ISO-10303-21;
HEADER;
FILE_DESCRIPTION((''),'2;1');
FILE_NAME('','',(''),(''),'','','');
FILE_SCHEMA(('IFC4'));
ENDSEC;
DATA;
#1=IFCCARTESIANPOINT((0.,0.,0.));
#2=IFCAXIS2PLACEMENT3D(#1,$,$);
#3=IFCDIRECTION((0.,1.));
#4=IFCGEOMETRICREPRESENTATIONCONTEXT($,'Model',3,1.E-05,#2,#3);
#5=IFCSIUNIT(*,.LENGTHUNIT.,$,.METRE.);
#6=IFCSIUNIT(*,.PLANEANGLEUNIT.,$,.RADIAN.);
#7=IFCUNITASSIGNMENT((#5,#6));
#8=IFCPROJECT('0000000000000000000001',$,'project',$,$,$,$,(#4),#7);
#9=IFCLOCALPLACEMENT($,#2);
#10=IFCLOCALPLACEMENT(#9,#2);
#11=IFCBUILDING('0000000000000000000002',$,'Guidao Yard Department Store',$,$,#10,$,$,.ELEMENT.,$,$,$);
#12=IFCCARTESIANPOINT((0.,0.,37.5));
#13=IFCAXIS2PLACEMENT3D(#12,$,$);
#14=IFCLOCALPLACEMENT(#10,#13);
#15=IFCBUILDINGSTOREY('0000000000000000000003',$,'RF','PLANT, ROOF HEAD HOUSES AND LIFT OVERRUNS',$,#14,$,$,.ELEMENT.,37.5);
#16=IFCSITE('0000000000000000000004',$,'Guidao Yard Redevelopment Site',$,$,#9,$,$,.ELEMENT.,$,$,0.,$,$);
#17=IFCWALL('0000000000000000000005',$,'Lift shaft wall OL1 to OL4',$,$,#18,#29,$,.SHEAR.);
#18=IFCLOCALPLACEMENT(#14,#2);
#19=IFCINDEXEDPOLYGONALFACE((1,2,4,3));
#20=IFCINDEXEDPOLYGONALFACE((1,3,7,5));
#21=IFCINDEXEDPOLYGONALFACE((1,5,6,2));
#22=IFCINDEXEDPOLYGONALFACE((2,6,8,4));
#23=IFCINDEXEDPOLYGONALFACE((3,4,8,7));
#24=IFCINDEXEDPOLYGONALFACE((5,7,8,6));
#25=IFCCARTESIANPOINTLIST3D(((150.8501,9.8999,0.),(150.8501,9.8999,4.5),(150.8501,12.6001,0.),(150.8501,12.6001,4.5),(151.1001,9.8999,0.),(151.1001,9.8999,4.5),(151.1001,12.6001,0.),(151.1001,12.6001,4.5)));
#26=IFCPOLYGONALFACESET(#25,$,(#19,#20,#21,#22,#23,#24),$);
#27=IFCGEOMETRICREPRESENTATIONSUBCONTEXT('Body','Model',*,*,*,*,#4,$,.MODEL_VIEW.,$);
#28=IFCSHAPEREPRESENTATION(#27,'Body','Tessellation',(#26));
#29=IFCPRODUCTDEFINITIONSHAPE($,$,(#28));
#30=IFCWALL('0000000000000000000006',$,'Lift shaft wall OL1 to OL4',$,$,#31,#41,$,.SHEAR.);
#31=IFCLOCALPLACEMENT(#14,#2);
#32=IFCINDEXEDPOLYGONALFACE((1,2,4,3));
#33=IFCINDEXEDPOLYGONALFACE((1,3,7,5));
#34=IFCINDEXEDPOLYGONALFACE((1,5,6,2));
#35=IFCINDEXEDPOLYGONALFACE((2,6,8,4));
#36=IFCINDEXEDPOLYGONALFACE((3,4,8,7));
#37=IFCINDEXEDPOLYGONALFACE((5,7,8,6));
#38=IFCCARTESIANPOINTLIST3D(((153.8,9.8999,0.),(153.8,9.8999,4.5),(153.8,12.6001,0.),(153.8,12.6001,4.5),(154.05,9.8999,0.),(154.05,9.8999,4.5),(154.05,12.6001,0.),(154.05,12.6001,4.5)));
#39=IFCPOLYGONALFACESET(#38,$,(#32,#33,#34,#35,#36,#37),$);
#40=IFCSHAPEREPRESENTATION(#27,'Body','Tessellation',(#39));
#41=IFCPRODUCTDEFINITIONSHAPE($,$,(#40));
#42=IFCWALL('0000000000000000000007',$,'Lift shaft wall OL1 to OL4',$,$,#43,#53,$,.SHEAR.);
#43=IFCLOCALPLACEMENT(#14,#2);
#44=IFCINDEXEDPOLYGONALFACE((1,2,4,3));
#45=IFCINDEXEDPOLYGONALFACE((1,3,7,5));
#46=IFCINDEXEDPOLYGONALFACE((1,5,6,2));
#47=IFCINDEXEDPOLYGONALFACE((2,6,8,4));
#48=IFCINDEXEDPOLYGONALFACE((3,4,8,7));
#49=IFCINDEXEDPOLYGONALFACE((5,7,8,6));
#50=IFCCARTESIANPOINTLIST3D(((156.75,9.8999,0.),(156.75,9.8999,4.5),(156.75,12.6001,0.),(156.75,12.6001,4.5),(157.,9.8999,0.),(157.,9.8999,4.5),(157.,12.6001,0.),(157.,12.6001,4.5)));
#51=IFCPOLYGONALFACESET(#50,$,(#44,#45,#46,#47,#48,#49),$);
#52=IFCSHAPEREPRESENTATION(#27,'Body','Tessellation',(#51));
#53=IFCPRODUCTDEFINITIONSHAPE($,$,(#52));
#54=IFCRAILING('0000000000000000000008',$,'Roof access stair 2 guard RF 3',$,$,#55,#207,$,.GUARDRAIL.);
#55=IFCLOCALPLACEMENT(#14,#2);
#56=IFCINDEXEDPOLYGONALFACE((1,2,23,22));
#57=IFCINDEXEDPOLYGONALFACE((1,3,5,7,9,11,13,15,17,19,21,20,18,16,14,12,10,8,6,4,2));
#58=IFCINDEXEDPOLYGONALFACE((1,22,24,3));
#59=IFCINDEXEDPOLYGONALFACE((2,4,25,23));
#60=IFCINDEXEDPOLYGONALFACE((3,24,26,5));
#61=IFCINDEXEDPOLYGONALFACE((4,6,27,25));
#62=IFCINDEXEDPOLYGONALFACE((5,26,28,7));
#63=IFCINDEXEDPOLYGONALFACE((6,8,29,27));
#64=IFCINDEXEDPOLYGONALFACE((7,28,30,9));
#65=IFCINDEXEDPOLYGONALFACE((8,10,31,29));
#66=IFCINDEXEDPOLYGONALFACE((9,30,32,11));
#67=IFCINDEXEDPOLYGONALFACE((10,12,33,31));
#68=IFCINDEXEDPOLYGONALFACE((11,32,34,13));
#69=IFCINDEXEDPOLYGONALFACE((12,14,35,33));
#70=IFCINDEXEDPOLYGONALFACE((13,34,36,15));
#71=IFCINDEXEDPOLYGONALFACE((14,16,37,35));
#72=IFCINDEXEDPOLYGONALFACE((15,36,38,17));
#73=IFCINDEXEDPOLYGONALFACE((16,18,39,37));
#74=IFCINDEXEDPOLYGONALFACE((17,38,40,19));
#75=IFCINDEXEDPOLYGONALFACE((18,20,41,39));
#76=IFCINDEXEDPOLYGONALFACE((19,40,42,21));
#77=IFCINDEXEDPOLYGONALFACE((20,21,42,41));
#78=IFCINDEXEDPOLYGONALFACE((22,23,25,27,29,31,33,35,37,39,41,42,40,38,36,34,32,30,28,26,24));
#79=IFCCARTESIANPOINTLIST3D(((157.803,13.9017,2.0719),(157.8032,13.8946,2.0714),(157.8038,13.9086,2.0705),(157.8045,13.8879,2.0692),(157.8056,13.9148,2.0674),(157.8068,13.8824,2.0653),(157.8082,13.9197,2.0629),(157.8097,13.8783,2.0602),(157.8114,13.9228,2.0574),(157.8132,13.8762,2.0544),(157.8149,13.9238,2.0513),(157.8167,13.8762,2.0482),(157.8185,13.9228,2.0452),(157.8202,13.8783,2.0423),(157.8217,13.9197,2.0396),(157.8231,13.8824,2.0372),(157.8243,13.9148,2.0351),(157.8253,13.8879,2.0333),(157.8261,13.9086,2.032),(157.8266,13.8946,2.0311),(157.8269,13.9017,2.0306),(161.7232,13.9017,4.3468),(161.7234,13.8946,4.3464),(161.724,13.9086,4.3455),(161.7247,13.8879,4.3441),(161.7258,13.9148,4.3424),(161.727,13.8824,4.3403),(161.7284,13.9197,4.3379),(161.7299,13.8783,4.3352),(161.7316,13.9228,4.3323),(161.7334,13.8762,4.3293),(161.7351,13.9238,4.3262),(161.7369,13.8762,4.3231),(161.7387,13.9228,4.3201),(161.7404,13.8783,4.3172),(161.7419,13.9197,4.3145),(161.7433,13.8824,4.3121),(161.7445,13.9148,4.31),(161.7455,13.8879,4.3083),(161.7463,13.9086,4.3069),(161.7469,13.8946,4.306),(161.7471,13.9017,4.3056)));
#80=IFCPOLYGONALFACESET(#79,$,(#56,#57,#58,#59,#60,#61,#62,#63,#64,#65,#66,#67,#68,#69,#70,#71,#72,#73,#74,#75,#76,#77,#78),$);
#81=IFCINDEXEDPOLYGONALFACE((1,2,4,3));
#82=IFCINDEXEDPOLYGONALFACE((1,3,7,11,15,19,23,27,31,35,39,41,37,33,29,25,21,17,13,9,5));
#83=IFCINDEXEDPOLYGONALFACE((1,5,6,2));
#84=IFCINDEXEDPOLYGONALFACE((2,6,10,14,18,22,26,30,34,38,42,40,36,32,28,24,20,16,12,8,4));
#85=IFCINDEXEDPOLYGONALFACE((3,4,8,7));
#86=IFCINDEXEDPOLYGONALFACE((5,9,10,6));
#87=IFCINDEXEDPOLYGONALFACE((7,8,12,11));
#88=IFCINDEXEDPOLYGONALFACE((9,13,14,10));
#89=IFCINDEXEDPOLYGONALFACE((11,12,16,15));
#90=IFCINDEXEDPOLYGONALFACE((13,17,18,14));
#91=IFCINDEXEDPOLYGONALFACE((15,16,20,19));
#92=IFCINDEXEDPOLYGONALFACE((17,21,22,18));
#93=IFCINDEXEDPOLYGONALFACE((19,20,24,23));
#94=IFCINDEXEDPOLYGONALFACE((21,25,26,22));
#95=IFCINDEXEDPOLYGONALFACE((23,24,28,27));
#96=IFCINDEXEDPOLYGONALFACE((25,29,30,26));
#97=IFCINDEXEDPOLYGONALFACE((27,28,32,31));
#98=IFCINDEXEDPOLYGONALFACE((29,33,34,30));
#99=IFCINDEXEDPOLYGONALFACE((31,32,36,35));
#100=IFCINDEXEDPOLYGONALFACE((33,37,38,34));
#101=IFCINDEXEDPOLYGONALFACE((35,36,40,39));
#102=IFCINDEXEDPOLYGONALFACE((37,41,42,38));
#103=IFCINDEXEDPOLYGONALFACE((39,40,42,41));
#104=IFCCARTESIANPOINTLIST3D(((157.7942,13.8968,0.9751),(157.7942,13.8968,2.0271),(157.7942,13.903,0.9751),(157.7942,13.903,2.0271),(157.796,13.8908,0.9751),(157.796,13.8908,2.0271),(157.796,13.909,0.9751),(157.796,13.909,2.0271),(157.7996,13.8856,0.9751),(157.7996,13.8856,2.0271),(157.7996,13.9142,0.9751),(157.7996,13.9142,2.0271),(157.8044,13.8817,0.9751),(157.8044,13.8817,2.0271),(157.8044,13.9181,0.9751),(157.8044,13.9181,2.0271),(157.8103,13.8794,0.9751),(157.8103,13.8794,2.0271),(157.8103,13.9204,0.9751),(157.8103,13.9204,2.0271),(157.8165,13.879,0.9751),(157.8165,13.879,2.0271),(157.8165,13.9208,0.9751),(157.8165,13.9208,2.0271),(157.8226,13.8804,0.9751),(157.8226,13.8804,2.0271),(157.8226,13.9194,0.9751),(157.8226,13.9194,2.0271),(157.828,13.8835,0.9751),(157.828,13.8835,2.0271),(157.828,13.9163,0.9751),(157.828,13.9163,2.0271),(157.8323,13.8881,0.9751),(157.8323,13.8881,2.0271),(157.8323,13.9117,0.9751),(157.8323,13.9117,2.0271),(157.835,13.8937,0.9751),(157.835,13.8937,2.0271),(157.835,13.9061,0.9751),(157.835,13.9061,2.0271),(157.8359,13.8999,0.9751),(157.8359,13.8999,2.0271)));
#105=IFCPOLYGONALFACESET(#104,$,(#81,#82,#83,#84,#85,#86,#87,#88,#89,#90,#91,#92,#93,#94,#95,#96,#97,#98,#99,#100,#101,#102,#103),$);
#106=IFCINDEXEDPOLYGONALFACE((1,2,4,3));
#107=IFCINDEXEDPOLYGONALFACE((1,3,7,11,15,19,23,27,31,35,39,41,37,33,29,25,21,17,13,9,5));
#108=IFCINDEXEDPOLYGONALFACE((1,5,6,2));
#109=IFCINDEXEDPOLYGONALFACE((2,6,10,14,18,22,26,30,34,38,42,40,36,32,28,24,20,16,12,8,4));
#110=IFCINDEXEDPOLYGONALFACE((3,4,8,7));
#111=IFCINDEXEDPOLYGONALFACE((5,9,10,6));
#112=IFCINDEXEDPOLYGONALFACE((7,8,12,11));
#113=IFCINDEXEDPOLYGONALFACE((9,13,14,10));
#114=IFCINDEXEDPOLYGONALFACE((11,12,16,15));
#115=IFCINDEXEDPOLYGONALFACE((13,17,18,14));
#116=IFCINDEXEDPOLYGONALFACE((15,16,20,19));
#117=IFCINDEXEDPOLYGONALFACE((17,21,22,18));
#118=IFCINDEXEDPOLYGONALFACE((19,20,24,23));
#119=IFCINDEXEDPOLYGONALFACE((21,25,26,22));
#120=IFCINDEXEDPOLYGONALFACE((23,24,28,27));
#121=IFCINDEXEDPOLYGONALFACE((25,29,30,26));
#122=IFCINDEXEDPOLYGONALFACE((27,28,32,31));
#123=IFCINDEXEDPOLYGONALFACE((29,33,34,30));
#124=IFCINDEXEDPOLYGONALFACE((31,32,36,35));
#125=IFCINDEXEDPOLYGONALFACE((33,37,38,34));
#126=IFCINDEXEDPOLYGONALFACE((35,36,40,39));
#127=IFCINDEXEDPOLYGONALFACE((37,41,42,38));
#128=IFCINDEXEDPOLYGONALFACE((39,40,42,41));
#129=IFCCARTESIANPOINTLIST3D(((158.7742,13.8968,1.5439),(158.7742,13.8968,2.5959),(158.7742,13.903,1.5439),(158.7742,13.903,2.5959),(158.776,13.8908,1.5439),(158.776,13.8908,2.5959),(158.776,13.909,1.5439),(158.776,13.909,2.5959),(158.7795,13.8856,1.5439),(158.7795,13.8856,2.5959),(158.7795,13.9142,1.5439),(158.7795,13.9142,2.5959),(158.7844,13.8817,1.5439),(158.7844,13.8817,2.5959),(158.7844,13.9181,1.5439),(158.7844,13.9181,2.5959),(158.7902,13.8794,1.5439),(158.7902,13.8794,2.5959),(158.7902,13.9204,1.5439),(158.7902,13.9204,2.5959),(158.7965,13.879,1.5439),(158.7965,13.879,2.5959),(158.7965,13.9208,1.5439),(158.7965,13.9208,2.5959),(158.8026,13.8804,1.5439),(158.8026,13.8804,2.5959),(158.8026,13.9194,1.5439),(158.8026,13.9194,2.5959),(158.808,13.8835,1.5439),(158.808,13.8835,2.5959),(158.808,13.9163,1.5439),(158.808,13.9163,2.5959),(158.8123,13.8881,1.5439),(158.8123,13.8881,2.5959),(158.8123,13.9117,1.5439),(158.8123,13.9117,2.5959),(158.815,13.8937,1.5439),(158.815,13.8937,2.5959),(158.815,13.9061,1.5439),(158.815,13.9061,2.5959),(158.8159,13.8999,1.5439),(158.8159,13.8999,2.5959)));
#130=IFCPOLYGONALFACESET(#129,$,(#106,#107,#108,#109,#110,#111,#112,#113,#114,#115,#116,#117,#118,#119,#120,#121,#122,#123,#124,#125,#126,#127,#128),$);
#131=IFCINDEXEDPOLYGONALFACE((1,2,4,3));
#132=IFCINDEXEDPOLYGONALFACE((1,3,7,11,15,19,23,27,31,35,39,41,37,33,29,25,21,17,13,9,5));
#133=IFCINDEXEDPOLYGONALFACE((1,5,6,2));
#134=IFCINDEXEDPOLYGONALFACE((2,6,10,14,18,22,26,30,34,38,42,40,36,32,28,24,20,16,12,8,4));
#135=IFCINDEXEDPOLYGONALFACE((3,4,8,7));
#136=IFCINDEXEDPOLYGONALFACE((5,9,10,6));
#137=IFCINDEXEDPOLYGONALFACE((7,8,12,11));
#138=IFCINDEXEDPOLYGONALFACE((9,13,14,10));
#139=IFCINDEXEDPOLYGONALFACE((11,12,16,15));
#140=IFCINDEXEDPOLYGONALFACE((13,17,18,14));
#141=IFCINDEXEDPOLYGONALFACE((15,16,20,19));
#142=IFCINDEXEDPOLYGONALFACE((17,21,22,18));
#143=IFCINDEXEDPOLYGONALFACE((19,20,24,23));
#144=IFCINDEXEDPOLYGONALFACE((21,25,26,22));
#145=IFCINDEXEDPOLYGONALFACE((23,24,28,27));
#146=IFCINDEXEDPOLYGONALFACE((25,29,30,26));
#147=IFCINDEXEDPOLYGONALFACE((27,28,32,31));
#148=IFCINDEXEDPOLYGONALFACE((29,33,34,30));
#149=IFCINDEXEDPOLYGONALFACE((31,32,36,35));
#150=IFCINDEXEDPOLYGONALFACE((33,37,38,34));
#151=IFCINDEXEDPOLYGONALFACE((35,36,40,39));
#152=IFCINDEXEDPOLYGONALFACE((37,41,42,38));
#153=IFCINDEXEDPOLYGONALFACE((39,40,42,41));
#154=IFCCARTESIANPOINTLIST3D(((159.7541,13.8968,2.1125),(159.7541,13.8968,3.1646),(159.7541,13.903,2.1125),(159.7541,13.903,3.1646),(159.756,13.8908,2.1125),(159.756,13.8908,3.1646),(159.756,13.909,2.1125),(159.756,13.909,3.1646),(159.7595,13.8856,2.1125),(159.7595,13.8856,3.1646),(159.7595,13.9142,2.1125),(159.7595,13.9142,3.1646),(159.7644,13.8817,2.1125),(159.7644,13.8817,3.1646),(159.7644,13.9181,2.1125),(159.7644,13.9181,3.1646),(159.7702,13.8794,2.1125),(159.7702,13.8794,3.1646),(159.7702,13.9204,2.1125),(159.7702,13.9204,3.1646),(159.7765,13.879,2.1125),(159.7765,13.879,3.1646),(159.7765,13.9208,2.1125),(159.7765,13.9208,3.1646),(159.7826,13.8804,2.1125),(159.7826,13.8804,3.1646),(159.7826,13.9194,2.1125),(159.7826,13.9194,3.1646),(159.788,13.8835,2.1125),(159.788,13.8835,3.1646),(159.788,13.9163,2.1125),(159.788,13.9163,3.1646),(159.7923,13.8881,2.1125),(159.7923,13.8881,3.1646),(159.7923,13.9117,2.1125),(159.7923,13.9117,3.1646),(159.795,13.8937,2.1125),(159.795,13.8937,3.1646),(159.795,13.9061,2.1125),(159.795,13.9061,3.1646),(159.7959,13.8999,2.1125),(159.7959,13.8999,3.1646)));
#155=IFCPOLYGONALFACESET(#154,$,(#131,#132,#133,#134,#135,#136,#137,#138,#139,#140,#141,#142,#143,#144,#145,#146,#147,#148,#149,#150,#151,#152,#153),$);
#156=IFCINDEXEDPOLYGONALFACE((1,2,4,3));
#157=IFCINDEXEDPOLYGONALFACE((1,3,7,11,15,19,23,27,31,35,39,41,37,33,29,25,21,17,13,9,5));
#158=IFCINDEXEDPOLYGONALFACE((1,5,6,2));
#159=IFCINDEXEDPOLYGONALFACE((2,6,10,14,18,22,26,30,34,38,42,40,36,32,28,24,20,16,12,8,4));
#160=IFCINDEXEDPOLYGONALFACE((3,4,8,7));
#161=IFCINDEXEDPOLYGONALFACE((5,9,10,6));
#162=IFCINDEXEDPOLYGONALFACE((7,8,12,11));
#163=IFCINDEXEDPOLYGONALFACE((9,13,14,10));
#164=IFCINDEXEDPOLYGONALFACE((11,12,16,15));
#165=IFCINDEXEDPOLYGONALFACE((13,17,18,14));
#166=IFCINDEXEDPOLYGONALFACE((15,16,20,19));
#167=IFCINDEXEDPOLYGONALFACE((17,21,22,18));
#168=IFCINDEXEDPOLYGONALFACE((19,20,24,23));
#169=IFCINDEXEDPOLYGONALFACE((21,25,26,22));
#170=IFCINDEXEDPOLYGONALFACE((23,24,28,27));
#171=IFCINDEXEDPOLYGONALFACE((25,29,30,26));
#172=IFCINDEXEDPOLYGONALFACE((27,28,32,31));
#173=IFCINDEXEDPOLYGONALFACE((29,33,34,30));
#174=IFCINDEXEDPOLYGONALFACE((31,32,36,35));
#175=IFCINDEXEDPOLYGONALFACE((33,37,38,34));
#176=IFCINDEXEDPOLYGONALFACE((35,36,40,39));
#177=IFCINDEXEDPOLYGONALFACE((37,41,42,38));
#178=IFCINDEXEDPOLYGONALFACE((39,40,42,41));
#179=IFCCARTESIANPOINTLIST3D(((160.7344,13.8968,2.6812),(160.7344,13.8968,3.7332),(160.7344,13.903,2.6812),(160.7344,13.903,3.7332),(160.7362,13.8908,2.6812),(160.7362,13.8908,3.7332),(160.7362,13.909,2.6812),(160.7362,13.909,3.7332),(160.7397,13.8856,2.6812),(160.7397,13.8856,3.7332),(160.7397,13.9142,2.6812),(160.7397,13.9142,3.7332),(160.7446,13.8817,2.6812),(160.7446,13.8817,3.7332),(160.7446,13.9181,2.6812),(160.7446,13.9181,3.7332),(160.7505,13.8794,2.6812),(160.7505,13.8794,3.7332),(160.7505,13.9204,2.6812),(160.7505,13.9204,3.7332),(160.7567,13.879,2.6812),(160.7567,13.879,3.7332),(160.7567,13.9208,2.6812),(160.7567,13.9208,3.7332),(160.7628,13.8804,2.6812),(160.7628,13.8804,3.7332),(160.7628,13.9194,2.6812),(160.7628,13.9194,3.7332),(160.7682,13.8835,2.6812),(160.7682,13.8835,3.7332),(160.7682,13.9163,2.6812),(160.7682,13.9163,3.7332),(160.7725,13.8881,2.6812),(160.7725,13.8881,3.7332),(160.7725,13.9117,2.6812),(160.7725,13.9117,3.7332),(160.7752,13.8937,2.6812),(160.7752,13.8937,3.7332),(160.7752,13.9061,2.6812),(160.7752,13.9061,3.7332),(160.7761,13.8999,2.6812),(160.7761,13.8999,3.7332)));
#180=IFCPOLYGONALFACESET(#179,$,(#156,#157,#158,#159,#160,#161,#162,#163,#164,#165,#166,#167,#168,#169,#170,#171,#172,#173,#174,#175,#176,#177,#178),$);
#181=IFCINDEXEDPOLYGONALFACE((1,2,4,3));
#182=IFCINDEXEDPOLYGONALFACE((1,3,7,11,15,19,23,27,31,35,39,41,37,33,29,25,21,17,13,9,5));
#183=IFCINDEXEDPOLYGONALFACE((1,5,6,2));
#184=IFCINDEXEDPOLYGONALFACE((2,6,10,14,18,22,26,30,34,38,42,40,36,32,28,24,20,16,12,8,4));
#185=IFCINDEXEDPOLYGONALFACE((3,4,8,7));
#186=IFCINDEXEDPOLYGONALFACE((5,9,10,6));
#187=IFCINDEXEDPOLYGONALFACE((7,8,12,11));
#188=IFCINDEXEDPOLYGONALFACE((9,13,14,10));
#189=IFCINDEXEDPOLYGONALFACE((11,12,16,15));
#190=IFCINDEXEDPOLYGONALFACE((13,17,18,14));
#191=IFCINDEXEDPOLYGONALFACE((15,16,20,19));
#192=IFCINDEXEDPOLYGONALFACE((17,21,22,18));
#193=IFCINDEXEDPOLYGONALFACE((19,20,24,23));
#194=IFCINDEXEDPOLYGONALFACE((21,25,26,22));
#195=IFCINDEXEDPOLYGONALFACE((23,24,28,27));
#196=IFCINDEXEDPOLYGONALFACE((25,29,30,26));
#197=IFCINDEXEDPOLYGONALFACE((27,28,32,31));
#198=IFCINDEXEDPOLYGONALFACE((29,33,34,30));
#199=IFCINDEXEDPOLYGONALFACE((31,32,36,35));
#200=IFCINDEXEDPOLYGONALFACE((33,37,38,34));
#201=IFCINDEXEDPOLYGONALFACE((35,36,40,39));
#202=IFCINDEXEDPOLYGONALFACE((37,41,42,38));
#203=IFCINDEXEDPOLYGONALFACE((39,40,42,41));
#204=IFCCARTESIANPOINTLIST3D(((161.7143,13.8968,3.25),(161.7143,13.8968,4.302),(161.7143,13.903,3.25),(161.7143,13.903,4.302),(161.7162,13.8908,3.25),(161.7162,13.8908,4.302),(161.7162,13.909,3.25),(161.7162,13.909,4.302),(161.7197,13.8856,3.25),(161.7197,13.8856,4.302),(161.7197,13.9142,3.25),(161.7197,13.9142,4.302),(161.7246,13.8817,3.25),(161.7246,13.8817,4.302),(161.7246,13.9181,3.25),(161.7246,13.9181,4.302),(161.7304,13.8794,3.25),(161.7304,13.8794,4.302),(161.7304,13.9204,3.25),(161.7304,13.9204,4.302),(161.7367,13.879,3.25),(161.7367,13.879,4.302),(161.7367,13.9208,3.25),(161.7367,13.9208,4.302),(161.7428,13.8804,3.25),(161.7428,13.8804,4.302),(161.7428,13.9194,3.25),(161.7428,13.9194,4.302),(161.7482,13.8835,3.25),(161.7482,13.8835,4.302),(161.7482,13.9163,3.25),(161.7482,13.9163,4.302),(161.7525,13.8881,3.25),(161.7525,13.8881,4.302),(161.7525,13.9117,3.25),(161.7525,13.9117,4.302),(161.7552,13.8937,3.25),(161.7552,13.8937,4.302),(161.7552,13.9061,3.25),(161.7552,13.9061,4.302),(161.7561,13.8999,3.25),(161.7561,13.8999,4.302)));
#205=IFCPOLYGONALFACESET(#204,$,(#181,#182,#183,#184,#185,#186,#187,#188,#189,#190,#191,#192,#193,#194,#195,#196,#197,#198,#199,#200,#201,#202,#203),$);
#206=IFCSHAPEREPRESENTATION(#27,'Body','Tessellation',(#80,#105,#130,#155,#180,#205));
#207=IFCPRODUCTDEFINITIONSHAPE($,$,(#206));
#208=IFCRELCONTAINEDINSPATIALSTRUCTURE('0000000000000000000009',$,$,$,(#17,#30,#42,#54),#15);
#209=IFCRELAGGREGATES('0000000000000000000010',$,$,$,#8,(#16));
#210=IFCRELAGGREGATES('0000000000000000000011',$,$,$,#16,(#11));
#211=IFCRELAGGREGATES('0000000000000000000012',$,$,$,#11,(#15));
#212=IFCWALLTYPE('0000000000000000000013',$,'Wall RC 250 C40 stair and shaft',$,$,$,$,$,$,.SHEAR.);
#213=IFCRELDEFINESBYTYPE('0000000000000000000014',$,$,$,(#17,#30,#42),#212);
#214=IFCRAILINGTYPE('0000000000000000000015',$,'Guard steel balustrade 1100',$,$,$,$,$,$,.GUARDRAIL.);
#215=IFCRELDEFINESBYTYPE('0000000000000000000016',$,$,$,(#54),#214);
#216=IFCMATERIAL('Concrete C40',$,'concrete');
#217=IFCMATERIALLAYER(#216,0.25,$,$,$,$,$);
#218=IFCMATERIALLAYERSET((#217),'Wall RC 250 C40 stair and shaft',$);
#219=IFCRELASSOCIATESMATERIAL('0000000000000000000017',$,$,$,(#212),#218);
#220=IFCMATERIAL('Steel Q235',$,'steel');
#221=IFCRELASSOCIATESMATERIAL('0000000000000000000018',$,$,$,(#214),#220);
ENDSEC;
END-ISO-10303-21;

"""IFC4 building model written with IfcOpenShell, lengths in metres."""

from ifc_helpers import new_model, si_unit, direction, frame, frame_2d, origin, origin_2d, place, context, subcontext, project, spatial, rectangle, circle, extrude, material, layer, layer_set, type_object, element, save


model = new_model("IFC4")

# Units and contexts
model_context = context("Model", 3, precision=1e-05, world=origin(), true_north=direction((0.0, 1.0)))
body_context = subcontext(model_context, "Body", "Model", "MODEL_VIEW")
ifc_project = project(units=[si_unit("LENGTHUNIT", "METRE"), si_unit("PLANEANGLEUNIT", "RADIAN")], contexts=[model_context])

# Site, building, storey
site_placement = place(None, origin())
site = spatial("IfcSite", under=ifc_project, at=site_placement, Name="Guidao Yard Redevelopment Site", CompositionType="ELEMENT", RefElevation=0.0)
building_placement = place(site_placement, origin())
building = spatial("IfcBuilding", under=site, at=building_placement, Name="Guidao Yard Department Store", CompositionType="ELEMENT")
storey_placement = place(building_placement, frame((0.0, 0.0, 37.5)))
storey = spatial("IfcBuildingStorey", under=building, at=storey_placement, Name="RF", Description="PLANT, ROOF HEAD HOUSES AND LIFT OVERRUNS", CompositionType="ELEMENT", Elevation=37.5)

# Shared definitions
ifc_material_1 = material(Name="Concrete C40", Category="concrete")
ifc_layer_1 = layer(ifc_material_1, 0.25)
ifc_layer_set_1 = layer_set([ifc_layer_1], Name="Wall RC 250 C40 stair and shaft")
wall_type_1 = type_object("IfcWallType", Name="Wall RC 250 C40 stair and shaft", PredefinedType="SHEAR", material=ifc_layer_set_1)

# Walls
for number, where, z_axis, x_axis, name in (
    (1, (150.9751, 9.8999, 0.0), (0.0, 0.0, 1.0), (0.0, 1.0, 0.0), "Lift shaft wall OL1 to OL4"),
    (2, (153.925, 9.8999, 0.0), (0.0, 0.0, 1.0), (0.0, 1.0, 0.0), "Lift shaft wall OL1 to OL4"),
    (3, (156.875, 9.8999, 0.0), (0.0, 0.0, 1.0), (0.0, 1.0, 0.0), "Lift shaft wall OL1 to OL4"),
):
    element("IfcWall", number, at=place(storey_placement, frame(where, z_axis=z_axis, x_axis=x_axis)), inside=storey, type_object=wall_type_1, Name=name, PredefinedType="SHEAR", context=body_context, shape_type="SweptSolid", body=[
        extrude(rectangle(XDim=2.7002, YDim=0.25, at=frame_2d((1.3501, 0.0))), origin(), (0.0, 0.0, 1.0), 4.5),
    ])

# Railing
ifc_material_2 = material(Name="Steel Q235", Category="steel")
railing_type = type_object("IfcRailingType", Name="Guard steel balustrade 1100", PredefinedType="GUARDRAIL", material=ifc_material_2)
railing_placement = place(storey_placement, frame((157.8149, 13.8999, 0.9751)))
element("IfcRailing", 4, at=railing_placement, inside=storey, type_object=railing_type, Name="Roof access stair 2 guard RF 3", PredefinedType="GUARDRAIL", context=body_context, shape_type="SweptSolid", body=[
    extrude(circle(Radius=0.0239, at=origin_2d()), frame((0.0, 0.0, 1.0762), z_axis=(0.864916, 0.0, 0.501917), x_axis=(0.0, 1.0, 0.0)), (0.0, 0.0, 1.0), 4.5325),
    extrude(circle(Radius=0.021, at=origin_2d()), origin(), (0.0, 0.0, 1.0), 1.052),
    extrude(circle(Radius=0.021, at=origin_2d()), frame((0.98, 0.0, 0.5688)), (0.0, 0.0, 1.0), 1.052),
    extrude(circle(Radius=0.021, at=origin_2d()), frame((1.96, 0.0, 1.1375)), (0.0, 0.0, 1.0), 1.052),
    extrude(circle(Radius=0.021, at=origin_2d()), frame((2.9402, 0.0, 1.7061)), (0.0, 0.0, 1.0), 1.052),
    extrude(circle(Radius=0.021, at=origin_2d()), frame((3.9202, 0.0, 2.2749)), (0.0, 0.0, 1.0), 1.052),
])

save(model, "model.ifc")
